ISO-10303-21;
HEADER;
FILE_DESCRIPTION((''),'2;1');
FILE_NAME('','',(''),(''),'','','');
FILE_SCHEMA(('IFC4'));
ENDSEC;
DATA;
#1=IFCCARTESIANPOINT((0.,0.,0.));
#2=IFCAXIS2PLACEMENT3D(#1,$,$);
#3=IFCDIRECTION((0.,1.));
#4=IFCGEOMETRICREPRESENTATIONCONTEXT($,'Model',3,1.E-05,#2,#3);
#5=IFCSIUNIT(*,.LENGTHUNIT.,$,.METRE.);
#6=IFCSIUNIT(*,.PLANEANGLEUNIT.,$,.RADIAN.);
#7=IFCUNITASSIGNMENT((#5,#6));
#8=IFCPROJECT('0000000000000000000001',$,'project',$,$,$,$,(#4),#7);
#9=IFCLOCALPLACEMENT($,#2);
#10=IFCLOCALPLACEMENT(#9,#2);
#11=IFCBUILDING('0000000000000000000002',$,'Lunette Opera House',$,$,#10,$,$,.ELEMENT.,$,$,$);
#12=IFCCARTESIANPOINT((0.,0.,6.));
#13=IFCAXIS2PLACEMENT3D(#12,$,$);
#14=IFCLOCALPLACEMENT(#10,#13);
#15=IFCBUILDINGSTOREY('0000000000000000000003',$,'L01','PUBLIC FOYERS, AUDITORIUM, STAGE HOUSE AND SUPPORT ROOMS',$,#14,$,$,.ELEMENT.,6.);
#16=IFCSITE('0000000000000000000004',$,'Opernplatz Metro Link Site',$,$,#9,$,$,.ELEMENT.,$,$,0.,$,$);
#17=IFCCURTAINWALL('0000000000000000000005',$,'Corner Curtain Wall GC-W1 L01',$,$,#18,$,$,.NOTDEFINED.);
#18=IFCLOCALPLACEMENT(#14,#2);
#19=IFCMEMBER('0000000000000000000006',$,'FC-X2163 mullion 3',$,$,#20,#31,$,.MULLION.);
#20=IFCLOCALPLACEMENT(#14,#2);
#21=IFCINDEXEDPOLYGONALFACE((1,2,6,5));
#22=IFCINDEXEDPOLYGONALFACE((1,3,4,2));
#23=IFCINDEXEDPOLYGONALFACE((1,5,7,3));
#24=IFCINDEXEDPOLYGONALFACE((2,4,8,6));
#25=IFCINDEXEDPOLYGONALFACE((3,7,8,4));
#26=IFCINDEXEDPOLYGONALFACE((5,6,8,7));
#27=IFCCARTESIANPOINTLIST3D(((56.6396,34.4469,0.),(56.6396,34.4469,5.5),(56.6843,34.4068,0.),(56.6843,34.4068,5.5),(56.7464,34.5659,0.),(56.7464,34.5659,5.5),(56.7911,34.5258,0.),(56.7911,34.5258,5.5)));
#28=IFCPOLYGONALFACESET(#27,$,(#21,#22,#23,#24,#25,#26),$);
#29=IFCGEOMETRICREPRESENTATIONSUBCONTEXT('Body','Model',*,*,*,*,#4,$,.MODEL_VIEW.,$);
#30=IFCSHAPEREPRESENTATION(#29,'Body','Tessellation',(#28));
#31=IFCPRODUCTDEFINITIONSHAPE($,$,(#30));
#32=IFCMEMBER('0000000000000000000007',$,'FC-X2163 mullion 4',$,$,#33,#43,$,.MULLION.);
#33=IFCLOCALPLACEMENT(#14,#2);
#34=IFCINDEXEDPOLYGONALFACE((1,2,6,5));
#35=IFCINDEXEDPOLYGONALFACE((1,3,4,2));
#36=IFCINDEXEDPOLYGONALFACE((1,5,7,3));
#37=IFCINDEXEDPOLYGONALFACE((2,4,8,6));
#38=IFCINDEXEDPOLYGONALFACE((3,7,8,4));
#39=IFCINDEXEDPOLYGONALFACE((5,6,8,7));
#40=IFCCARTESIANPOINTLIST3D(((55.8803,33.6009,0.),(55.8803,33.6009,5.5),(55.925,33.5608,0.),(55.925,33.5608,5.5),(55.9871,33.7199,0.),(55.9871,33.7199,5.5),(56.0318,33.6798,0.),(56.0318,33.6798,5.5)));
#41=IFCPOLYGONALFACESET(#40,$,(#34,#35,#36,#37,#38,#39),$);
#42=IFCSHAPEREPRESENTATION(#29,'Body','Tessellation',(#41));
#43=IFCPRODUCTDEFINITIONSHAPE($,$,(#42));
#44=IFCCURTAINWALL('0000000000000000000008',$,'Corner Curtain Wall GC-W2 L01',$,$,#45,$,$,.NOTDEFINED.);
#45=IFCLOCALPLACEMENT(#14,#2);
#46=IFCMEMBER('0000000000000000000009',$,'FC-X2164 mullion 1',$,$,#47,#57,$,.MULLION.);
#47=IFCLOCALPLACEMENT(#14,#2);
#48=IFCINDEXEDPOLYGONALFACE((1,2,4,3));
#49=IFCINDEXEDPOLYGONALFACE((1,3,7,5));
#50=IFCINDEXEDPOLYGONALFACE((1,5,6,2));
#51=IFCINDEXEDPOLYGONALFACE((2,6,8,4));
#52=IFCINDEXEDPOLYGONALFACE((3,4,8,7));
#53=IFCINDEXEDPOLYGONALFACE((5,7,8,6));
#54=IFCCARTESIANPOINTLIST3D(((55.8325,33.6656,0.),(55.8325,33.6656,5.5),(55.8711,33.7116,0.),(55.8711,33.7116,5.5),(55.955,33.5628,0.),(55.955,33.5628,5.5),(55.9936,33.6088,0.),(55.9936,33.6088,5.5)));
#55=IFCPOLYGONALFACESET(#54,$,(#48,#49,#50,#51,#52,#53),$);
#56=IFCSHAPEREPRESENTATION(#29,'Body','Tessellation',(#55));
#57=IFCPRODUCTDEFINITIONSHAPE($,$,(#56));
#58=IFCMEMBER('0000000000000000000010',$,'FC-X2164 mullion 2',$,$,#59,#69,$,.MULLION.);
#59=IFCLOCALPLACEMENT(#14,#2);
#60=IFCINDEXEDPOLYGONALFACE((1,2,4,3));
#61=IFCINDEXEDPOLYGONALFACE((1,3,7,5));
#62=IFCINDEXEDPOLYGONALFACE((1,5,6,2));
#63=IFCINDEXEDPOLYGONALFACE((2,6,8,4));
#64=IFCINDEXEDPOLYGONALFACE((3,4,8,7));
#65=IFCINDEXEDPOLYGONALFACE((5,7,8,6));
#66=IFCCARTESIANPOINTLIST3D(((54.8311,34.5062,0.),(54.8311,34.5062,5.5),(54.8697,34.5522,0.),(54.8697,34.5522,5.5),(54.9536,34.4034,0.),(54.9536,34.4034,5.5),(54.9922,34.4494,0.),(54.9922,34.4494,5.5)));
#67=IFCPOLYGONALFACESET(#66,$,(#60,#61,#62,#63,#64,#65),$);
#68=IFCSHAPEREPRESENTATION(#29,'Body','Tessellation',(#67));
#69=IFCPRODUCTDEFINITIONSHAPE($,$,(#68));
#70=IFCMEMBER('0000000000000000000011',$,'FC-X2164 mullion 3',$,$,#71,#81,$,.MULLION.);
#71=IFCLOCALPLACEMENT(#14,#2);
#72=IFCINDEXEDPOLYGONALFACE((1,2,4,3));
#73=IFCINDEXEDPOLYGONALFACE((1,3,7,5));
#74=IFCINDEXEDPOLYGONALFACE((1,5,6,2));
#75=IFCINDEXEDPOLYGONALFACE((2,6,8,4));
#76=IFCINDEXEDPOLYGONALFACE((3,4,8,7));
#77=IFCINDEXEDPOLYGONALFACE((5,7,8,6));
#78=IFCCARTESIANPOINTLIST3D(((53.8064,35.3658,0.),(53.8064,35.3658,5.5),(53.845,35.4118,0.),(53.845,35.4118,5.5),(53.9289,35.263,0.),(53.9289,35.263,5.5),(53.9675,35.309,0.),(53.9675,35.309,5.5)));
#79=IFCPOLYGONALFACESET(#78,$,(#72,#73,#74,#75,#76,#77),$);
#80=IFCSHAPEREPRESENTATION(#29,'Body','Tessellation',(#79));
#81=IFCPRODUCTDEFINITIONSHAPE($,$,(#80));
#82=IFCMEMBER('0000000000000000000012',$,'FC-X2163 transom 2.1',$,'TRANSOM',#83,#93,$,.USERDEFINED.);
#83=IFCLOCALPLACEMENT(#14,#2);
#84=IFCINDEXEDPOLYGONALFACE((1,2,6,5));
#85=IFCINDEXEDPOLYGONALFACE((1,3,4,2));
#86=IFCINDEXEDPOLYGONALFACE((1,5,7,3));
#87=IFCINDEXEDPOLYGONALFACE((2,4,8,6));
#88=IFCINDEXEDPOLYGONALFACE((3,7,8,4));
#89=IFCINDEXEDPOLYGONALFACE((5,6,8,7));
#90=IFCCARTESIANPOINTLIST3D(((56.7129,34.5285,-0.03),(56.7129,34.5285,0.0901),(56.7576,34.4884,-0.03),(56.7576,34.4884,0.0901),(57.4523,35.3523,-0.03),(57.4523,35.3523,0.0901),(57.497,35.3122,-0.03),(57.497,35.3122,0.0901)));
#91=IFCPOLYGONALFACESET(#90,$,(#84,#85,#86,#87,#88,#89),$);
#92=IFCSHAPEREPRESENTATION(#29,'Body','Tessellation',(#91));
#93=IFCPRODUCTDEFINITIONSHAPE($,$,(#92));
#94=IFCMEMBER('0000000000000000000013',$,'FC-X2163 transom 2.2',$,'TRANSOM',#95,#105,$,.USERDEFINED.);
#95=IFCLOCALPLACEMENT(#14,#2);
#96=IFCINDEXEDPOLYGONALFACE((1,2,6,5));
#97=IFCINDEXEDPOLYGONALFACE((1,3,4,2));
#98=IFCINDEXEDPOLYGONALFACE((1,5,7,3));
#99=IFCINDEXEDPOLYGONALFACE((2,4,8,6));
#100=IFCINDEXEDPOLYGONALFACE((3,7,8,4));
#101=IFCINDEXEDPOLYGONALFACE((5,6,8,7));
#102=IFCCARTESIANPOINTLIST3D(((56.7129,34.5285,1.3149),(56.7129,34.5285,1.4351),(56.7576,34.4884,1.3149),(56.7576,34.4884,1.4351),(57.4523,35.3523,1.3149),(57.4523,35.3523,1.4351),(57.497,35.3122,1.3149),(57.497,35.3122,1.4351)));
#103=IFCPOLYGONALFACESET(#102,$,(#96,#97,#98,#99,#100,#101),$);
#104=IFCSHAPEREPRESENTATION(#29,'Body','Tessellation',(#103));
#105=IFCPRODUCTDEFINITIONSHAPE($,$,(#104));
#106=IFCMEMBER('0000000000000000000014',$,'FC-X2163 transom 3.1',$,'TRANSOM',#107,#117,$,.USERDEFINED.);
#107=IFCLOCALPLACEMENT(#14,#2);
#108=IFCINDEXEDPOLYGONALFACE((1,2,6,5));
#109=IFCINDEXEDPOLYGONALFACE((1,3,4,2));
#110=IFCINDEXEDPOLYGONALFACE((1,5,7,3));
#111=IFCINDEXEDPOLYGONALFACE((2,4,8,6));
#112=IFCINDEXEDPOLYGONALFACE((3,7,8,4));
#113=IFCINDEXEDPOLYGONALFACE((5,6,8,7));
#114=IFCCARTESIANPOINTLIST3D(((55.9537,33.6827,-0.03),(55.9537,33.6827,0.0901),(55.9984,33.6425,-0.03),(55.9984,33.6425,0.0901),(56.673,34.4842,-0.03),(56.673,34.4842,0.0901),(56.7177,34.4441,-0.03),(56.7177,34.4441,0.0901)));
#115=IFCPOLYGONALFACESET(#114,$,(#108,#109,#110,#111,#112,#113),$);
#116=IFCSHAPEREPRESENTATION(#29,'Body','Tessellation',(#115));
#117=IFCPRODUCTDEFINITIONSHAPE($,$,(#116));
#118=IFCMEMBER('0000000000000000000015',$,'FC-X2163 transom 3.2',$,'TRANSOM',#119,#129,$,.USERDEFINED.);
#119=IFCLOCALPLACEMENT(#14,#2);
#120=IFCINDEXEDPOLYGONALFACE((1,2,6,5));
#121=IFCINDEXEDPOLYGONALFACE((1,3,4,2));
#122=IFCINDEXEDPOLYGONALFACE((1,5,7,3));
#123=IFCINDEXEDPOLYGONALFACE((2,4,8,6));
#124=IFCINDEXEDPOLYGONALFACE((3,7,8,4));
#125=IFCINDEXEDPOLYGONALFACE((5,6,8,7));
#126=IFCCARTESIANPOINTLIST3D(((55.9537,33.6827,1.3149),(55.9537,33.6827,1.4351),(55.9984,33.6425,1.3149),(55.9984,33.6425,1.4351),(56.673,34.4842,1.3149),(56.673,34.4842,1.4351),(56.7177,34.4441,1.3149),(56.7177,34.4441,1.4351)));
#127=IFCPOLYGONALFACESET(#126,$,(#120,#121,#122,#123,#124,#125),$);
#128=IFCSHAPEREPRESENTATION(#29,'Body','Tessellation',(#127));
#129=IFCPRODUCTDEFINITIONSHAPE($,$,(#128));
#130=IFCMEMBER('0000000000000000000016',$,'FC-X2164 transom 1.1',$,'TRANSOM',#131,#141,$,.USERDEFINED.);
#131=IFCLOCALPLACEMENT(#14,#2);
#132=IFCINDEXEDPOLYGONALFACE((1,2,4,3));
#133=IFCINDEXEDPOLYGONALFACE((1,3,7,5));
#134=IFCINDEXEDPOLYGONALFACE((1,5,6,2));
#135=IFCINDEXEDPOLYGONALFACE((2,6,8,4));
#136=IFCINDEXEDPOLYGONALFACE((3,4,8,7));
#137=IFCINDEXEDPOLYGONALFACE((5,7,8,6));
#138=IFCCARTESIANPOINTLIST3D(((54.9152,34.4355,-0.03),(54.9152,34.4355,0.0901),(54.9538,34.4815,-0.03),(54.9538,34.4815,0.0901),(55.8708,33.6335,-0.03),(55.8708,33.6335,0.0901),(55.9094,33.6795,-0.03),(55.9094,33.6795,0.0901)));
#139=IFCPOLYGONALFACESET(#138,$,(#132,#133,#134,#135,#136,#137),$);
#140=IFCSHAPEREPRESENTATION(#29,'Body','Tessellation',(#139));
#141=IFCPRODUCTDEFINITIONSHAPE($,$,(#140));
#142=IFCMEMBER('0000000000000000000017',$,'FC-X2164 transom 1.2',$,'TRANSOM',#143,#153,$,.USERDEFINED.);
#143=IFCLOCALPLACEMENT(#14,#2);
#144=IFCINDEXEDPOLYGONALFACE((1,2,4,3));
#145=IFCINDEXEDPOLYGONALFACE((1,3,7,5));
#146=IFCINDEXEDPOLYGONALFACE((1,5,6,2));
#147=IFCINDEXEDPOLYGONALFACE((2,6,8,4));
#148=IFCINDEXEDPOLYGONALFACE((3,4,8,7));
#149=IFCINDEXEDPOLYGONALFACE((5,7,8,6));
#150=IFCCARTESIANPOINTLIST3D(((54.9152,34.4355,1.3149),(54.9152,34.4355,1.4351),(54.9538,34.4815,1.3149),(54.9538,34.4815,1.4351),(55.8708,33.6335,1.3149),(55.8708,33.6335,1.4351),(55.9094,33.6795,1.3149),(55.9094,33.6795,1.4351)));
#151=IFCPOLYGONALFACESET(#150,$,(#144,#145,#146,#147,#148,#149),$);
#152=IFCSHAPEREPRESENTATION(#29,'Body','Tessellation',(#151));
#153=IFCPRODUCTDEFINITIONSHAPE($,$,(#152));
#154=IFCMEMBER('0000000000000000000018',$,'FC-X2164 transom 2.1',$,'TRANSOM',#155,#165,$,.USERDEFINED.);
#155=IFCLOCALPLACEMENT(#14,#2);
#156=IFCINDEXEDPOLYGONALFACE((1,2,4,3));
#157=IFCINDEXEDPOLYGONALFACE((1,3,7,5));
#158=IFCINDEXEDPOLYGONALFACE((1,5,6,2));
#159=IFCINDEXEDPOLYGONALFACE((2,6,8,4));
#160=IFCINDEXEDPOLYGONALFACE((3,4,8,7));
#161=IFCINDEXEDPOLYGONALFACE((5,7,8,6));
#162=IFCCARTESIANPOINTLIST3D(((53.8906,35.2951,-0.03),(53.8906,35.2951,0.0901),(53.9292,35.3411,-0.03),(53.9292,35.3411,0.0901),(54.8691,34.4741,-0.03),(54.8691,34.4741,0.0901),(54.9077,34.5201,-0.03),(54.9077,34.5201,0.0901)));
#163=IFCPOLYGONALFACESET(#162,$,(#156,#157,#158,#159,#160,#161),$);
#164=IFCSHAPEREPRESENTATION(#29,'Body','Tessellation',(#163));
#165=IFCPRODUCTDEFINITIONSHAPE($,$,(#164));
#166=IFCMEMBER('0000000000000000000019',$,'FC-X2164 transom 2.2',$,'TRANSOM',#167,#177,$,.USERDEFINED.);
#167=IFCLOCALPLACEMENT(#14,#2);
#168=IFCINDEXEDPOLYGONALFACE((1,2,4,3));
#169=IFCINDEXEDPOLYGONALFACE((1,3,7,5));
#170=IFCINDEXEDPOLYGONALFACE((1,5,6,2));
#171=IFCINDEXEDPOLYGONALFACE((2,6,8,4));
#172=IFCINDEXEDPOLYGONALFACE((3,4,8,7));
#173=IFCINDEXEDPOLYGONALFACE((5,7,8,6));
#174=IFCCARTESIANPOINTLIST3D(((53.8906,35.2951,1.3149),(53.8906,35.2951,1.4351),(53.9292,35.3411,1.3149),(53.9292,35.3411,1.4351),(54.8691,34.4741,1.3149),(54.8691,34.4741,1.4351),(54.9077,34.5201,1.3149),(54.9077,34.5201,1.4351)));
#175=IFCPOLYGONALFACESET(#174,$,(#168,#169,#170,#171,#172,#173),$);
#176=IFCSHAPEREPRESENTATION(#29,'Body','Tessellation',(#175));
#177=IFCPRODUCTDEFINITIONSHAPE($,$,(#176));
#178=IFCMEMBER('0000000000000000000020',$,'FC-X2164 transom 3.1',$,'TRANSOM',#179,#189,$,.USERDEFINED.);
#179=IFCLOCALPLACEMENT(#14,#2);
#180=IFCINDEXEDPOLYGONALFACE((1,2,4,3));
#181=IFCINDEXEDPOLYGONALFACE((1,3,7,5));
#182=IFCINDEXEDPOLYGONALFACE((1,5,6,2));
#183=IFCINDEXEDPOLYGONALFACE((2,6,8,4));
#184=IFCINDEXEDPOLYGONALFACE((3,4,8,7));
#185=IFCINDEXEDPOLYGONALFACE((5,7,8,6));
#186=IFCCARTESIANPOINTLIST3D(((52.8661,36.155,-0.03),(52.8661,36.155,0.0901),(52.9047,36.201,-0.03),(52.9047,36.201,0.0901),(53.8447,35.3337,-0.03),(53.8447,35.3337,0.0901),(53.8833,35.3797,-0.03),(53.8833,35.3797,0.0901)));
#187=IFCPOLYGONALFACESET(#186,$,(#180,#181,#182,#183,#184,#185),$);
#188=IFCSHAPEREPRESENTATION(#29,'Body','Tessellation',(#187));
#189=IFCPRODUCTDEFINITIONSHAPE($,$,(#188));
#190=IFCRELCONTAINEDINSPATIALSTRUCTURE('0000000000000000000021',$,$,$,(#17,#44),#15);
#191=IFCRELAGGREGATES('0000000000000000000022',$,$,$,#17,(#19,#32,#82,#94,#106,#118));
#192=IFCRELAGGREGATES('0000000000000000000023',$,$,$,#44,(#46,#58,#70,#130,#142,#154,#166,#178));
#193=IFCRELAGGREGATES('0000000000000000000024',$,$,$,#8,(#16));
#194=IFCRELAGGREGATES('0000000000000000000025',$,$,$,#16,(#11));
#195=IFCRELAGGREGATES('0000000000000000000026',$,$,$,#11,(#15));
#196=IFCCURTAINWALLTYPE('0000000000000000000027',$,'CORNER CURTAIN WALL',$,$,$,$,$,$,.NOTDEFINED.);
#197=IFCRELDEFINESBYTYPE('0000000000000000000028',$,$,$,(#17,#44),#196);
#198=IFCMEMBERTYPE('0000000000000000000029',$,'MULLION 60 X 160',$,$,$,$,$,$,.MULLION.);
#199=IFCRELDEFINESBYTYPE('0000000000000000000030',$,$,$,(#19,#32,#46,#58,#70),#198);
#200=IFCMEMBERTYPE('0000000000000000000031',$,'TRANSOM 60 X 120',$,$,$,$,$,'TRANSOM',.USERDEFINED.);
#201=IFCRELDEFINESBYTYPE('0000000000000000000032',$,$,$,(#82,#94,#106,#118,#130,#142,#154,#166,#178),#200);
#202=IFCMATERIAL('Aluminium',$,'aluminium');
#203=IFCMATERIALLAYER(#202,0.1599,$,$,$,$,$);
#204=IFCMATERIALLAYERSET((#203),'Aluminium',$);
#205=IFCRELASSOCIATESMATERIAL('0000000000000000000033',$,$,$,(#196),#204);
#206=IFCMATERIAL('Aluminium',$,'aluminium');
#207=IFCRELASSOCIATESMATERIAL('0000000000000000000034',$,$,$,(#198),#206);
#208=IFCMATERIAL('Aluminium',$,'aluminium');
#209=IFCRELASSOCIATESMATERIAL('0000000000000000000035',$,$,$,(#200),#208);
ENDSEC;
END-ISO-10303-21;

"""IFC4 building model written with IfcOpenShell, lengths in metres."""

from ifc_helpers import new_model, si_unit, direction, frame, origin, origin_2d, place, context, subcontext, project, spatial, rectangle, extrude, material, layer, layer_set, material_profile, profile_set, type_object, element, aggregate, save


model = new_model("IFC4")

# Units and contexts
model_context = context("Model", 3, precision=1e-05, world=origin(), true_north=direction((0.0, 1.0)))
body_context = subcontext(model_context, "Body", "Model", "MODEL_VIEW")
ifc_project = project(units=[si_unit("LENGTHUNIT", "METRE"), si_unit("PLANEANGLEUNIT", "RADIAN")], contexts=[model_context])

# Site, building, storey
site_placement = place(None, origin())
site = spatial("IfcSite", under=ifc_project, at=site_placement, Name="Opernplatz Metro Link Site", CompositionType="ELEMENT", RefElevation=0.0)
building_placement = place(site_placement, origin())
building = spatial("IfcBuilding", under=site, at=building_placement, Name="Lunette Opera House", CompositionType="ELEMENT")
storey_placement = place(building_placement, frame((0.0, 0.0, 6.0)))
storey = spatial("IfcBuildingStorey", under=building, at=storey_placement, Name="L01", Description="PUBLIC FOYERS, AUDITORIUM, STAGE HOUSE AND SUPPORT ROOMS", CompositionType="ELEMENT", Elevation=6.0)

# Curtain walls, members
ifc_material_1 = material(Name="Aluminium", Category="aluminium")
ifc_layer_1 = layer(ifc_material_1, 0.1599)
ifc_layer_set_1 = layer_set([ifc_layer_1], Name="Aluminium")
curtain_wall_type = type_object("IfcCurtainWallType", Name="CORNER CURTAIN WALL", PredefinedType="NOTDEFINED", material=ifc_layer_set_1)
curtain_wall_1_placement = place(storey_placement, origin())
curtain_wall_1 = element("IfcCurtainWall", 1, at=curtain_wall_1_placement, inside=storey, type_object=curtain_wall_type, Name="Corner Curtain Wall GC-W1 L01", PredefinedType="NOTDEFINED")
ifc_material_2 = material(Name="Aluminium", Category="aluminium")
ifc_material_profile_1 = material_profile(ifc_material_2, rectangle(XDim=0.0601, YDim=0.1599, at=origin_2d()), Name="MULLION 60 X 160")
ifc_profile_set_1 = profile_set([ifc_material_profile_1], Name="Aluminium")
member_type_1 = type_object("IfcMemberType", Name="MULLION 60 X 160", PredefinedType="MULLION", material=ifc_profile_set_1)
member_1_placement = place(storey_placement, frame((56.7153, 34.4863, 0.0), z_axis=(0.0, 0.0, 1.0), x_axis=(0.744217, -0.667938, 0.0)))
member_1 = element("IfcMember", 2, at=member_1_placement, type_object=member_type_1, Name="FC-X2163 mullion 3", PredefinedType="MULLION", context=body_context, shape_type="SweptSolid", body=[
    extrude(rectangle(XDim=0.0601, YDim=0.1599, at=origin_2d()), origin(), (0.0, 0.0, 1.0), 5.5),
])
member_2_placement = place(storey_placement, frame((55.9561, 33.6404, 0.0), z_axis=(0.0, 0.0, 1.0), x_axis=(0.744217, -0.667938, 0.0)))
member_2 = element("IfcMember", 3, at=member_2_placement, type_object=member_type_1, Name="FC-X2163 mullion 4", PredefinedType="MULLION", context=body_context, shape_type="SweptSolid", body=[
    extrude(rectangle(XDim=0.0601, YDim=0.1599, at=origin_2d()), origin(), (0.0, 0.0, 1.0), 5.5),
])
curtain_wall_2_placement = place(storey_placement, origin())
curtain_wall_2 = element("IfcCurtainWall", 4, at=curtain_wall_2_placement, inside=storey, type_object=curtain_wall_type, Name="Corner Curtain Wall GC-W2 L01", PredefinedType="NOTDEFINED")
member_3_placement = place(storey_placement, frame((55.9131, 33.6372, 0.0), z_axis=(0.0, 0.0, 1.0), x_axis=(-0.642828, -0.76601, 0.0)))
member_3 = element("IfcMember", 5, at=member_3_placement, type_object=member_type_1, Name="FC-X2164 mullion 1", PredefinedType="MULLION", context=body_context, shape_type="SweptSolid", body=[
    extrude(rectangle(XDim=0.0601, YDim=0.1599, at=origin_2d()), origin(), (0.0, 0.0, 1.0), 5.5),
])
member_4_placement = place(storey_placement, frame((54.9116, 34.4778, 0.0), z_axis=(0.0, 0.0, 1.0), x_axis=(-0.642828, -0.76601, 0.0)))
member_4 = element("IfcMember", 6, at=member_4_placement, type_object=member_type_1, Name="FC-X2164 mullion 2", PredefinedType="MULLION", context=body_context, shape_type="SweptSolid", body=[
    extrude(rectangle(XDim=0.0601, YDim=0.1599, at=origin_2d()), origin(), (0.0, 0.0, 1.0), 5.5),
])
member_5_placement = place(storey_placement, frame((53.887, 35.3374, 0.0), z_axis=(0.0, 0.0, 1.0), x_axis=(-0.642828, -0.76601, 0.0)))
member_5 = element("IfcMember", 7, at=member_5_placement, type_object=member_type_1, Name="FC-X2164 mullion 3", PredefinedType="MULLION", context=body_context, shape_type="SweptSolid", body=[
    extrude(rectangle(XDim=0.0601, YDim=0.1599, at=origin_2d()), origin(), (0.0, 0.0, 1.0), 5.5),
])

# Members
ifc_material_3 = material(Name="Aluminium", Category="aluminium")
ifc_material_profile_2 = material_profile(ifc_material_3, rectangle(XDim=0.0601, YDim=0.1201, at=origin_2d()), Name="TRANSOM 60 X 120")
ifc_profile_set_2 = profile_set([ifc_material_profile_2], Name="Aluminium")
member_type_2 = type_object("IfcMemberType", Name="TRANSOM 60 X 120", ElementType="TRANSOM", PredefinedType="USERDEFINED", material=ifc_profile_set_2)
member_6_placement = place(storey_placement, frame((57.4746, 35.3323, 0.03), z_axis=(-0.667916, -0.744237, 0.0), x_axis=(0.744237, -0.667916, 0.0)))
member_6 = element("IfcMember", 8, at=member_6_placement, type_object=member_type_2, Name="FC-X2163 transom 2.1", ObjectType="TRANSOM", PredefinedType="USERDEFINED", context=body_context, shape_type="SweptSolid", body=[
    extrude(rectangle(XDim=0.0601, YDim=0.1201, at=origin_2d()), origin(), (0.0, 0.0, 1.0), 1.1069),
])
member_7_placement = place(storey_placement, frame((57.4746, 35.3323, 1.375), z_axis=(-0.667916, -0.744237, 0.0), x_axis=(0.744237, -0.667916, 0.0)))
member_7 = element("IfcMember", 9, at=member_7_placement, type_object=member_type_2, Name="FC-X2163 transom 2.2", ObjectType="TRANSOM", PredefinedType="USERDEFINED", context=body_context, shape_type="SweptSolid", body=[
    extrude(rectangle(XDim=0.0601, YDim=0.1201, at=origin_2d()), origin(), (0.0, 0.0, 1.0), 1.1069),
])
member_8_placement = place(storey_placement, frame((56.6953, 34.4641, 0.03), z_axis=(-0.667874, -0.744274, 0.0), x_axis=(0.744274, -0.667874, 0.0)))
member_8 = element("IfcMember", 10, at=member_8_placement, type_object=member_type_2, Name="FC-X2163 transom 3.1", ObjectType="TRANSOM", PredefinedType="USERDEFINED", context=body_context, shape_type="SweptSolid", body=[
    extrude(rectangle(XDim=0.0601, YDim=0.1201, at=origin_2d()), origin(), (0.0, 0.0, 1.0), 1.0769),
])
member_9_placement = place(storey_placement, frame((56.6953, 34.4641, 1.375), z_axis=(-0.667874, -0.744274, 0.0), x_axis=(0.744274, -0.667874, 0.0)))
member_9 = element("IfcMember", 11, at=member_9_placement, type_object=member_type_2, Name="FC-X2163 transom 3.2", ObjectType="TRANSOM", PredefinedType="USERDEFINED", context=body_context, shape_type="SweptSolid", body=[
    extrude(rectangle(XDim=0.0601, YDim=0.1201, at=origin_2d()), origin(), (0.0, 0.0, 1.0), 1.0769),
])
member_10_placement = place(storey_placement, frame((55.8901, 33.6565, 0.03), z_axis=(-0.765971, 0.642875, 0.0), x_axis=(-0.642875, -0.765971, 0.0)))
member_10 = element("IfcMember", 12, at=member_10_placement, type_object=member_type_2, Name="FC-X2164 transom 1.1", ObjectType="TRANSOM", PredefinedType="USERDEFINED", context=body_context, shape_type="SweptSolid", body=[
    extrude(rectangle(XDim=0.0601, YDim=0.1201, at=origin_2d()), origin(), (0.0, 0.0, 1.0), 1.2476),
])
member_11_placement = place(storey_placement, frame((55.8901, 33.6565, 1.375), z_axis=(-0.765971, 0.642875, 0.0), x_axis=(-0.642875, -0.765971, 0.0)))
member_11 = element("IfcMember", 13, at=member_11_placement, type_object=member_type_2, Name="FC-X2164 transom 1.2", ObjectType="TRANSOM", PredefinedType="USERDEFINED", context=body_context, shape_type="SweptSolid", body=[
    extrude(rectangle(XDim=0.0601, YDim=0.1201, at=origin_2d()), origin(), (0.0, 0.0, 1.0), 1.2476),
])
member_12_placement = place(storey_placement, frame((54.8884, 34.4971, 0.03), z_axis=(-0.766055, 0.642775, 0.0), x_axis=(-0.642775, -0.766055, 0.0)))
member_12 = element("IfcMember", 14, at=member_12_placement, type_object=member_type_2, Name="FC-X2164 transom 2.1", ObjectType="TRANSOM", PredefinedType="USERDEFINED", context=body_context, shape_type="SweptSolid", body=[
    extrude(rectangle(XDim=0.0601, YDim=0.1201, at=origin_2d()), origin(), (0.0, 0.0, 1.0), 1.2773),
])
member_13_placement = place(storey_placement, frame((54.8884, 34.4971, 1.375), z_axis=(-0.766055, 0.642775, 0.0), x_axis=(-0.642775, -0.766055, 0.0)))
member_13 = element("IfcMember", 15, at=member_13_placement, type_object=member_type_2, Name="FC-X2164 transom 2.2", ObjectType="TRANSOM", PredefinedType="USERDEFINED", context=body_context, shape_type="SweptSolid", body=[
    extrude(rectangle(XDim=0.0601, YDim=0.1201, at=origin_2d()), origin(), (0.0, 0.0, 1.0), 1.2773),
])
member_14_placement = place(storey_placement, frame((53.864, 35.3567, 0.03), z_axis=(-0.765961, 0.642887, 0.0), x_axis=(-0.642887, -0.765961, 0.0)))
member_14 = element("IfcMember", 16, at=member_14_placement, type_object=member_type_2, Name="FC-X2164 transom 3.1", ObjectType="TRANSOM", PredefinedType="USERDEFINED", context=body_context, shape_type="SweptSolid", body=[
    extrude(rectangle(XDim=0.0601, YDim=0.1201, at=origin_2d()), origin(), (0.0, 0.0, 1.0), 1.2776),
])

aggregate(curtain_wall_1, [member_1, member_2, member_6, member_7, member_8, member_9])
aggregate(curtain_wall_2, [member_3, member_4, member_5, member_10, member_11, member_12, member_13, member_14])

save(model, "model.ifc")
